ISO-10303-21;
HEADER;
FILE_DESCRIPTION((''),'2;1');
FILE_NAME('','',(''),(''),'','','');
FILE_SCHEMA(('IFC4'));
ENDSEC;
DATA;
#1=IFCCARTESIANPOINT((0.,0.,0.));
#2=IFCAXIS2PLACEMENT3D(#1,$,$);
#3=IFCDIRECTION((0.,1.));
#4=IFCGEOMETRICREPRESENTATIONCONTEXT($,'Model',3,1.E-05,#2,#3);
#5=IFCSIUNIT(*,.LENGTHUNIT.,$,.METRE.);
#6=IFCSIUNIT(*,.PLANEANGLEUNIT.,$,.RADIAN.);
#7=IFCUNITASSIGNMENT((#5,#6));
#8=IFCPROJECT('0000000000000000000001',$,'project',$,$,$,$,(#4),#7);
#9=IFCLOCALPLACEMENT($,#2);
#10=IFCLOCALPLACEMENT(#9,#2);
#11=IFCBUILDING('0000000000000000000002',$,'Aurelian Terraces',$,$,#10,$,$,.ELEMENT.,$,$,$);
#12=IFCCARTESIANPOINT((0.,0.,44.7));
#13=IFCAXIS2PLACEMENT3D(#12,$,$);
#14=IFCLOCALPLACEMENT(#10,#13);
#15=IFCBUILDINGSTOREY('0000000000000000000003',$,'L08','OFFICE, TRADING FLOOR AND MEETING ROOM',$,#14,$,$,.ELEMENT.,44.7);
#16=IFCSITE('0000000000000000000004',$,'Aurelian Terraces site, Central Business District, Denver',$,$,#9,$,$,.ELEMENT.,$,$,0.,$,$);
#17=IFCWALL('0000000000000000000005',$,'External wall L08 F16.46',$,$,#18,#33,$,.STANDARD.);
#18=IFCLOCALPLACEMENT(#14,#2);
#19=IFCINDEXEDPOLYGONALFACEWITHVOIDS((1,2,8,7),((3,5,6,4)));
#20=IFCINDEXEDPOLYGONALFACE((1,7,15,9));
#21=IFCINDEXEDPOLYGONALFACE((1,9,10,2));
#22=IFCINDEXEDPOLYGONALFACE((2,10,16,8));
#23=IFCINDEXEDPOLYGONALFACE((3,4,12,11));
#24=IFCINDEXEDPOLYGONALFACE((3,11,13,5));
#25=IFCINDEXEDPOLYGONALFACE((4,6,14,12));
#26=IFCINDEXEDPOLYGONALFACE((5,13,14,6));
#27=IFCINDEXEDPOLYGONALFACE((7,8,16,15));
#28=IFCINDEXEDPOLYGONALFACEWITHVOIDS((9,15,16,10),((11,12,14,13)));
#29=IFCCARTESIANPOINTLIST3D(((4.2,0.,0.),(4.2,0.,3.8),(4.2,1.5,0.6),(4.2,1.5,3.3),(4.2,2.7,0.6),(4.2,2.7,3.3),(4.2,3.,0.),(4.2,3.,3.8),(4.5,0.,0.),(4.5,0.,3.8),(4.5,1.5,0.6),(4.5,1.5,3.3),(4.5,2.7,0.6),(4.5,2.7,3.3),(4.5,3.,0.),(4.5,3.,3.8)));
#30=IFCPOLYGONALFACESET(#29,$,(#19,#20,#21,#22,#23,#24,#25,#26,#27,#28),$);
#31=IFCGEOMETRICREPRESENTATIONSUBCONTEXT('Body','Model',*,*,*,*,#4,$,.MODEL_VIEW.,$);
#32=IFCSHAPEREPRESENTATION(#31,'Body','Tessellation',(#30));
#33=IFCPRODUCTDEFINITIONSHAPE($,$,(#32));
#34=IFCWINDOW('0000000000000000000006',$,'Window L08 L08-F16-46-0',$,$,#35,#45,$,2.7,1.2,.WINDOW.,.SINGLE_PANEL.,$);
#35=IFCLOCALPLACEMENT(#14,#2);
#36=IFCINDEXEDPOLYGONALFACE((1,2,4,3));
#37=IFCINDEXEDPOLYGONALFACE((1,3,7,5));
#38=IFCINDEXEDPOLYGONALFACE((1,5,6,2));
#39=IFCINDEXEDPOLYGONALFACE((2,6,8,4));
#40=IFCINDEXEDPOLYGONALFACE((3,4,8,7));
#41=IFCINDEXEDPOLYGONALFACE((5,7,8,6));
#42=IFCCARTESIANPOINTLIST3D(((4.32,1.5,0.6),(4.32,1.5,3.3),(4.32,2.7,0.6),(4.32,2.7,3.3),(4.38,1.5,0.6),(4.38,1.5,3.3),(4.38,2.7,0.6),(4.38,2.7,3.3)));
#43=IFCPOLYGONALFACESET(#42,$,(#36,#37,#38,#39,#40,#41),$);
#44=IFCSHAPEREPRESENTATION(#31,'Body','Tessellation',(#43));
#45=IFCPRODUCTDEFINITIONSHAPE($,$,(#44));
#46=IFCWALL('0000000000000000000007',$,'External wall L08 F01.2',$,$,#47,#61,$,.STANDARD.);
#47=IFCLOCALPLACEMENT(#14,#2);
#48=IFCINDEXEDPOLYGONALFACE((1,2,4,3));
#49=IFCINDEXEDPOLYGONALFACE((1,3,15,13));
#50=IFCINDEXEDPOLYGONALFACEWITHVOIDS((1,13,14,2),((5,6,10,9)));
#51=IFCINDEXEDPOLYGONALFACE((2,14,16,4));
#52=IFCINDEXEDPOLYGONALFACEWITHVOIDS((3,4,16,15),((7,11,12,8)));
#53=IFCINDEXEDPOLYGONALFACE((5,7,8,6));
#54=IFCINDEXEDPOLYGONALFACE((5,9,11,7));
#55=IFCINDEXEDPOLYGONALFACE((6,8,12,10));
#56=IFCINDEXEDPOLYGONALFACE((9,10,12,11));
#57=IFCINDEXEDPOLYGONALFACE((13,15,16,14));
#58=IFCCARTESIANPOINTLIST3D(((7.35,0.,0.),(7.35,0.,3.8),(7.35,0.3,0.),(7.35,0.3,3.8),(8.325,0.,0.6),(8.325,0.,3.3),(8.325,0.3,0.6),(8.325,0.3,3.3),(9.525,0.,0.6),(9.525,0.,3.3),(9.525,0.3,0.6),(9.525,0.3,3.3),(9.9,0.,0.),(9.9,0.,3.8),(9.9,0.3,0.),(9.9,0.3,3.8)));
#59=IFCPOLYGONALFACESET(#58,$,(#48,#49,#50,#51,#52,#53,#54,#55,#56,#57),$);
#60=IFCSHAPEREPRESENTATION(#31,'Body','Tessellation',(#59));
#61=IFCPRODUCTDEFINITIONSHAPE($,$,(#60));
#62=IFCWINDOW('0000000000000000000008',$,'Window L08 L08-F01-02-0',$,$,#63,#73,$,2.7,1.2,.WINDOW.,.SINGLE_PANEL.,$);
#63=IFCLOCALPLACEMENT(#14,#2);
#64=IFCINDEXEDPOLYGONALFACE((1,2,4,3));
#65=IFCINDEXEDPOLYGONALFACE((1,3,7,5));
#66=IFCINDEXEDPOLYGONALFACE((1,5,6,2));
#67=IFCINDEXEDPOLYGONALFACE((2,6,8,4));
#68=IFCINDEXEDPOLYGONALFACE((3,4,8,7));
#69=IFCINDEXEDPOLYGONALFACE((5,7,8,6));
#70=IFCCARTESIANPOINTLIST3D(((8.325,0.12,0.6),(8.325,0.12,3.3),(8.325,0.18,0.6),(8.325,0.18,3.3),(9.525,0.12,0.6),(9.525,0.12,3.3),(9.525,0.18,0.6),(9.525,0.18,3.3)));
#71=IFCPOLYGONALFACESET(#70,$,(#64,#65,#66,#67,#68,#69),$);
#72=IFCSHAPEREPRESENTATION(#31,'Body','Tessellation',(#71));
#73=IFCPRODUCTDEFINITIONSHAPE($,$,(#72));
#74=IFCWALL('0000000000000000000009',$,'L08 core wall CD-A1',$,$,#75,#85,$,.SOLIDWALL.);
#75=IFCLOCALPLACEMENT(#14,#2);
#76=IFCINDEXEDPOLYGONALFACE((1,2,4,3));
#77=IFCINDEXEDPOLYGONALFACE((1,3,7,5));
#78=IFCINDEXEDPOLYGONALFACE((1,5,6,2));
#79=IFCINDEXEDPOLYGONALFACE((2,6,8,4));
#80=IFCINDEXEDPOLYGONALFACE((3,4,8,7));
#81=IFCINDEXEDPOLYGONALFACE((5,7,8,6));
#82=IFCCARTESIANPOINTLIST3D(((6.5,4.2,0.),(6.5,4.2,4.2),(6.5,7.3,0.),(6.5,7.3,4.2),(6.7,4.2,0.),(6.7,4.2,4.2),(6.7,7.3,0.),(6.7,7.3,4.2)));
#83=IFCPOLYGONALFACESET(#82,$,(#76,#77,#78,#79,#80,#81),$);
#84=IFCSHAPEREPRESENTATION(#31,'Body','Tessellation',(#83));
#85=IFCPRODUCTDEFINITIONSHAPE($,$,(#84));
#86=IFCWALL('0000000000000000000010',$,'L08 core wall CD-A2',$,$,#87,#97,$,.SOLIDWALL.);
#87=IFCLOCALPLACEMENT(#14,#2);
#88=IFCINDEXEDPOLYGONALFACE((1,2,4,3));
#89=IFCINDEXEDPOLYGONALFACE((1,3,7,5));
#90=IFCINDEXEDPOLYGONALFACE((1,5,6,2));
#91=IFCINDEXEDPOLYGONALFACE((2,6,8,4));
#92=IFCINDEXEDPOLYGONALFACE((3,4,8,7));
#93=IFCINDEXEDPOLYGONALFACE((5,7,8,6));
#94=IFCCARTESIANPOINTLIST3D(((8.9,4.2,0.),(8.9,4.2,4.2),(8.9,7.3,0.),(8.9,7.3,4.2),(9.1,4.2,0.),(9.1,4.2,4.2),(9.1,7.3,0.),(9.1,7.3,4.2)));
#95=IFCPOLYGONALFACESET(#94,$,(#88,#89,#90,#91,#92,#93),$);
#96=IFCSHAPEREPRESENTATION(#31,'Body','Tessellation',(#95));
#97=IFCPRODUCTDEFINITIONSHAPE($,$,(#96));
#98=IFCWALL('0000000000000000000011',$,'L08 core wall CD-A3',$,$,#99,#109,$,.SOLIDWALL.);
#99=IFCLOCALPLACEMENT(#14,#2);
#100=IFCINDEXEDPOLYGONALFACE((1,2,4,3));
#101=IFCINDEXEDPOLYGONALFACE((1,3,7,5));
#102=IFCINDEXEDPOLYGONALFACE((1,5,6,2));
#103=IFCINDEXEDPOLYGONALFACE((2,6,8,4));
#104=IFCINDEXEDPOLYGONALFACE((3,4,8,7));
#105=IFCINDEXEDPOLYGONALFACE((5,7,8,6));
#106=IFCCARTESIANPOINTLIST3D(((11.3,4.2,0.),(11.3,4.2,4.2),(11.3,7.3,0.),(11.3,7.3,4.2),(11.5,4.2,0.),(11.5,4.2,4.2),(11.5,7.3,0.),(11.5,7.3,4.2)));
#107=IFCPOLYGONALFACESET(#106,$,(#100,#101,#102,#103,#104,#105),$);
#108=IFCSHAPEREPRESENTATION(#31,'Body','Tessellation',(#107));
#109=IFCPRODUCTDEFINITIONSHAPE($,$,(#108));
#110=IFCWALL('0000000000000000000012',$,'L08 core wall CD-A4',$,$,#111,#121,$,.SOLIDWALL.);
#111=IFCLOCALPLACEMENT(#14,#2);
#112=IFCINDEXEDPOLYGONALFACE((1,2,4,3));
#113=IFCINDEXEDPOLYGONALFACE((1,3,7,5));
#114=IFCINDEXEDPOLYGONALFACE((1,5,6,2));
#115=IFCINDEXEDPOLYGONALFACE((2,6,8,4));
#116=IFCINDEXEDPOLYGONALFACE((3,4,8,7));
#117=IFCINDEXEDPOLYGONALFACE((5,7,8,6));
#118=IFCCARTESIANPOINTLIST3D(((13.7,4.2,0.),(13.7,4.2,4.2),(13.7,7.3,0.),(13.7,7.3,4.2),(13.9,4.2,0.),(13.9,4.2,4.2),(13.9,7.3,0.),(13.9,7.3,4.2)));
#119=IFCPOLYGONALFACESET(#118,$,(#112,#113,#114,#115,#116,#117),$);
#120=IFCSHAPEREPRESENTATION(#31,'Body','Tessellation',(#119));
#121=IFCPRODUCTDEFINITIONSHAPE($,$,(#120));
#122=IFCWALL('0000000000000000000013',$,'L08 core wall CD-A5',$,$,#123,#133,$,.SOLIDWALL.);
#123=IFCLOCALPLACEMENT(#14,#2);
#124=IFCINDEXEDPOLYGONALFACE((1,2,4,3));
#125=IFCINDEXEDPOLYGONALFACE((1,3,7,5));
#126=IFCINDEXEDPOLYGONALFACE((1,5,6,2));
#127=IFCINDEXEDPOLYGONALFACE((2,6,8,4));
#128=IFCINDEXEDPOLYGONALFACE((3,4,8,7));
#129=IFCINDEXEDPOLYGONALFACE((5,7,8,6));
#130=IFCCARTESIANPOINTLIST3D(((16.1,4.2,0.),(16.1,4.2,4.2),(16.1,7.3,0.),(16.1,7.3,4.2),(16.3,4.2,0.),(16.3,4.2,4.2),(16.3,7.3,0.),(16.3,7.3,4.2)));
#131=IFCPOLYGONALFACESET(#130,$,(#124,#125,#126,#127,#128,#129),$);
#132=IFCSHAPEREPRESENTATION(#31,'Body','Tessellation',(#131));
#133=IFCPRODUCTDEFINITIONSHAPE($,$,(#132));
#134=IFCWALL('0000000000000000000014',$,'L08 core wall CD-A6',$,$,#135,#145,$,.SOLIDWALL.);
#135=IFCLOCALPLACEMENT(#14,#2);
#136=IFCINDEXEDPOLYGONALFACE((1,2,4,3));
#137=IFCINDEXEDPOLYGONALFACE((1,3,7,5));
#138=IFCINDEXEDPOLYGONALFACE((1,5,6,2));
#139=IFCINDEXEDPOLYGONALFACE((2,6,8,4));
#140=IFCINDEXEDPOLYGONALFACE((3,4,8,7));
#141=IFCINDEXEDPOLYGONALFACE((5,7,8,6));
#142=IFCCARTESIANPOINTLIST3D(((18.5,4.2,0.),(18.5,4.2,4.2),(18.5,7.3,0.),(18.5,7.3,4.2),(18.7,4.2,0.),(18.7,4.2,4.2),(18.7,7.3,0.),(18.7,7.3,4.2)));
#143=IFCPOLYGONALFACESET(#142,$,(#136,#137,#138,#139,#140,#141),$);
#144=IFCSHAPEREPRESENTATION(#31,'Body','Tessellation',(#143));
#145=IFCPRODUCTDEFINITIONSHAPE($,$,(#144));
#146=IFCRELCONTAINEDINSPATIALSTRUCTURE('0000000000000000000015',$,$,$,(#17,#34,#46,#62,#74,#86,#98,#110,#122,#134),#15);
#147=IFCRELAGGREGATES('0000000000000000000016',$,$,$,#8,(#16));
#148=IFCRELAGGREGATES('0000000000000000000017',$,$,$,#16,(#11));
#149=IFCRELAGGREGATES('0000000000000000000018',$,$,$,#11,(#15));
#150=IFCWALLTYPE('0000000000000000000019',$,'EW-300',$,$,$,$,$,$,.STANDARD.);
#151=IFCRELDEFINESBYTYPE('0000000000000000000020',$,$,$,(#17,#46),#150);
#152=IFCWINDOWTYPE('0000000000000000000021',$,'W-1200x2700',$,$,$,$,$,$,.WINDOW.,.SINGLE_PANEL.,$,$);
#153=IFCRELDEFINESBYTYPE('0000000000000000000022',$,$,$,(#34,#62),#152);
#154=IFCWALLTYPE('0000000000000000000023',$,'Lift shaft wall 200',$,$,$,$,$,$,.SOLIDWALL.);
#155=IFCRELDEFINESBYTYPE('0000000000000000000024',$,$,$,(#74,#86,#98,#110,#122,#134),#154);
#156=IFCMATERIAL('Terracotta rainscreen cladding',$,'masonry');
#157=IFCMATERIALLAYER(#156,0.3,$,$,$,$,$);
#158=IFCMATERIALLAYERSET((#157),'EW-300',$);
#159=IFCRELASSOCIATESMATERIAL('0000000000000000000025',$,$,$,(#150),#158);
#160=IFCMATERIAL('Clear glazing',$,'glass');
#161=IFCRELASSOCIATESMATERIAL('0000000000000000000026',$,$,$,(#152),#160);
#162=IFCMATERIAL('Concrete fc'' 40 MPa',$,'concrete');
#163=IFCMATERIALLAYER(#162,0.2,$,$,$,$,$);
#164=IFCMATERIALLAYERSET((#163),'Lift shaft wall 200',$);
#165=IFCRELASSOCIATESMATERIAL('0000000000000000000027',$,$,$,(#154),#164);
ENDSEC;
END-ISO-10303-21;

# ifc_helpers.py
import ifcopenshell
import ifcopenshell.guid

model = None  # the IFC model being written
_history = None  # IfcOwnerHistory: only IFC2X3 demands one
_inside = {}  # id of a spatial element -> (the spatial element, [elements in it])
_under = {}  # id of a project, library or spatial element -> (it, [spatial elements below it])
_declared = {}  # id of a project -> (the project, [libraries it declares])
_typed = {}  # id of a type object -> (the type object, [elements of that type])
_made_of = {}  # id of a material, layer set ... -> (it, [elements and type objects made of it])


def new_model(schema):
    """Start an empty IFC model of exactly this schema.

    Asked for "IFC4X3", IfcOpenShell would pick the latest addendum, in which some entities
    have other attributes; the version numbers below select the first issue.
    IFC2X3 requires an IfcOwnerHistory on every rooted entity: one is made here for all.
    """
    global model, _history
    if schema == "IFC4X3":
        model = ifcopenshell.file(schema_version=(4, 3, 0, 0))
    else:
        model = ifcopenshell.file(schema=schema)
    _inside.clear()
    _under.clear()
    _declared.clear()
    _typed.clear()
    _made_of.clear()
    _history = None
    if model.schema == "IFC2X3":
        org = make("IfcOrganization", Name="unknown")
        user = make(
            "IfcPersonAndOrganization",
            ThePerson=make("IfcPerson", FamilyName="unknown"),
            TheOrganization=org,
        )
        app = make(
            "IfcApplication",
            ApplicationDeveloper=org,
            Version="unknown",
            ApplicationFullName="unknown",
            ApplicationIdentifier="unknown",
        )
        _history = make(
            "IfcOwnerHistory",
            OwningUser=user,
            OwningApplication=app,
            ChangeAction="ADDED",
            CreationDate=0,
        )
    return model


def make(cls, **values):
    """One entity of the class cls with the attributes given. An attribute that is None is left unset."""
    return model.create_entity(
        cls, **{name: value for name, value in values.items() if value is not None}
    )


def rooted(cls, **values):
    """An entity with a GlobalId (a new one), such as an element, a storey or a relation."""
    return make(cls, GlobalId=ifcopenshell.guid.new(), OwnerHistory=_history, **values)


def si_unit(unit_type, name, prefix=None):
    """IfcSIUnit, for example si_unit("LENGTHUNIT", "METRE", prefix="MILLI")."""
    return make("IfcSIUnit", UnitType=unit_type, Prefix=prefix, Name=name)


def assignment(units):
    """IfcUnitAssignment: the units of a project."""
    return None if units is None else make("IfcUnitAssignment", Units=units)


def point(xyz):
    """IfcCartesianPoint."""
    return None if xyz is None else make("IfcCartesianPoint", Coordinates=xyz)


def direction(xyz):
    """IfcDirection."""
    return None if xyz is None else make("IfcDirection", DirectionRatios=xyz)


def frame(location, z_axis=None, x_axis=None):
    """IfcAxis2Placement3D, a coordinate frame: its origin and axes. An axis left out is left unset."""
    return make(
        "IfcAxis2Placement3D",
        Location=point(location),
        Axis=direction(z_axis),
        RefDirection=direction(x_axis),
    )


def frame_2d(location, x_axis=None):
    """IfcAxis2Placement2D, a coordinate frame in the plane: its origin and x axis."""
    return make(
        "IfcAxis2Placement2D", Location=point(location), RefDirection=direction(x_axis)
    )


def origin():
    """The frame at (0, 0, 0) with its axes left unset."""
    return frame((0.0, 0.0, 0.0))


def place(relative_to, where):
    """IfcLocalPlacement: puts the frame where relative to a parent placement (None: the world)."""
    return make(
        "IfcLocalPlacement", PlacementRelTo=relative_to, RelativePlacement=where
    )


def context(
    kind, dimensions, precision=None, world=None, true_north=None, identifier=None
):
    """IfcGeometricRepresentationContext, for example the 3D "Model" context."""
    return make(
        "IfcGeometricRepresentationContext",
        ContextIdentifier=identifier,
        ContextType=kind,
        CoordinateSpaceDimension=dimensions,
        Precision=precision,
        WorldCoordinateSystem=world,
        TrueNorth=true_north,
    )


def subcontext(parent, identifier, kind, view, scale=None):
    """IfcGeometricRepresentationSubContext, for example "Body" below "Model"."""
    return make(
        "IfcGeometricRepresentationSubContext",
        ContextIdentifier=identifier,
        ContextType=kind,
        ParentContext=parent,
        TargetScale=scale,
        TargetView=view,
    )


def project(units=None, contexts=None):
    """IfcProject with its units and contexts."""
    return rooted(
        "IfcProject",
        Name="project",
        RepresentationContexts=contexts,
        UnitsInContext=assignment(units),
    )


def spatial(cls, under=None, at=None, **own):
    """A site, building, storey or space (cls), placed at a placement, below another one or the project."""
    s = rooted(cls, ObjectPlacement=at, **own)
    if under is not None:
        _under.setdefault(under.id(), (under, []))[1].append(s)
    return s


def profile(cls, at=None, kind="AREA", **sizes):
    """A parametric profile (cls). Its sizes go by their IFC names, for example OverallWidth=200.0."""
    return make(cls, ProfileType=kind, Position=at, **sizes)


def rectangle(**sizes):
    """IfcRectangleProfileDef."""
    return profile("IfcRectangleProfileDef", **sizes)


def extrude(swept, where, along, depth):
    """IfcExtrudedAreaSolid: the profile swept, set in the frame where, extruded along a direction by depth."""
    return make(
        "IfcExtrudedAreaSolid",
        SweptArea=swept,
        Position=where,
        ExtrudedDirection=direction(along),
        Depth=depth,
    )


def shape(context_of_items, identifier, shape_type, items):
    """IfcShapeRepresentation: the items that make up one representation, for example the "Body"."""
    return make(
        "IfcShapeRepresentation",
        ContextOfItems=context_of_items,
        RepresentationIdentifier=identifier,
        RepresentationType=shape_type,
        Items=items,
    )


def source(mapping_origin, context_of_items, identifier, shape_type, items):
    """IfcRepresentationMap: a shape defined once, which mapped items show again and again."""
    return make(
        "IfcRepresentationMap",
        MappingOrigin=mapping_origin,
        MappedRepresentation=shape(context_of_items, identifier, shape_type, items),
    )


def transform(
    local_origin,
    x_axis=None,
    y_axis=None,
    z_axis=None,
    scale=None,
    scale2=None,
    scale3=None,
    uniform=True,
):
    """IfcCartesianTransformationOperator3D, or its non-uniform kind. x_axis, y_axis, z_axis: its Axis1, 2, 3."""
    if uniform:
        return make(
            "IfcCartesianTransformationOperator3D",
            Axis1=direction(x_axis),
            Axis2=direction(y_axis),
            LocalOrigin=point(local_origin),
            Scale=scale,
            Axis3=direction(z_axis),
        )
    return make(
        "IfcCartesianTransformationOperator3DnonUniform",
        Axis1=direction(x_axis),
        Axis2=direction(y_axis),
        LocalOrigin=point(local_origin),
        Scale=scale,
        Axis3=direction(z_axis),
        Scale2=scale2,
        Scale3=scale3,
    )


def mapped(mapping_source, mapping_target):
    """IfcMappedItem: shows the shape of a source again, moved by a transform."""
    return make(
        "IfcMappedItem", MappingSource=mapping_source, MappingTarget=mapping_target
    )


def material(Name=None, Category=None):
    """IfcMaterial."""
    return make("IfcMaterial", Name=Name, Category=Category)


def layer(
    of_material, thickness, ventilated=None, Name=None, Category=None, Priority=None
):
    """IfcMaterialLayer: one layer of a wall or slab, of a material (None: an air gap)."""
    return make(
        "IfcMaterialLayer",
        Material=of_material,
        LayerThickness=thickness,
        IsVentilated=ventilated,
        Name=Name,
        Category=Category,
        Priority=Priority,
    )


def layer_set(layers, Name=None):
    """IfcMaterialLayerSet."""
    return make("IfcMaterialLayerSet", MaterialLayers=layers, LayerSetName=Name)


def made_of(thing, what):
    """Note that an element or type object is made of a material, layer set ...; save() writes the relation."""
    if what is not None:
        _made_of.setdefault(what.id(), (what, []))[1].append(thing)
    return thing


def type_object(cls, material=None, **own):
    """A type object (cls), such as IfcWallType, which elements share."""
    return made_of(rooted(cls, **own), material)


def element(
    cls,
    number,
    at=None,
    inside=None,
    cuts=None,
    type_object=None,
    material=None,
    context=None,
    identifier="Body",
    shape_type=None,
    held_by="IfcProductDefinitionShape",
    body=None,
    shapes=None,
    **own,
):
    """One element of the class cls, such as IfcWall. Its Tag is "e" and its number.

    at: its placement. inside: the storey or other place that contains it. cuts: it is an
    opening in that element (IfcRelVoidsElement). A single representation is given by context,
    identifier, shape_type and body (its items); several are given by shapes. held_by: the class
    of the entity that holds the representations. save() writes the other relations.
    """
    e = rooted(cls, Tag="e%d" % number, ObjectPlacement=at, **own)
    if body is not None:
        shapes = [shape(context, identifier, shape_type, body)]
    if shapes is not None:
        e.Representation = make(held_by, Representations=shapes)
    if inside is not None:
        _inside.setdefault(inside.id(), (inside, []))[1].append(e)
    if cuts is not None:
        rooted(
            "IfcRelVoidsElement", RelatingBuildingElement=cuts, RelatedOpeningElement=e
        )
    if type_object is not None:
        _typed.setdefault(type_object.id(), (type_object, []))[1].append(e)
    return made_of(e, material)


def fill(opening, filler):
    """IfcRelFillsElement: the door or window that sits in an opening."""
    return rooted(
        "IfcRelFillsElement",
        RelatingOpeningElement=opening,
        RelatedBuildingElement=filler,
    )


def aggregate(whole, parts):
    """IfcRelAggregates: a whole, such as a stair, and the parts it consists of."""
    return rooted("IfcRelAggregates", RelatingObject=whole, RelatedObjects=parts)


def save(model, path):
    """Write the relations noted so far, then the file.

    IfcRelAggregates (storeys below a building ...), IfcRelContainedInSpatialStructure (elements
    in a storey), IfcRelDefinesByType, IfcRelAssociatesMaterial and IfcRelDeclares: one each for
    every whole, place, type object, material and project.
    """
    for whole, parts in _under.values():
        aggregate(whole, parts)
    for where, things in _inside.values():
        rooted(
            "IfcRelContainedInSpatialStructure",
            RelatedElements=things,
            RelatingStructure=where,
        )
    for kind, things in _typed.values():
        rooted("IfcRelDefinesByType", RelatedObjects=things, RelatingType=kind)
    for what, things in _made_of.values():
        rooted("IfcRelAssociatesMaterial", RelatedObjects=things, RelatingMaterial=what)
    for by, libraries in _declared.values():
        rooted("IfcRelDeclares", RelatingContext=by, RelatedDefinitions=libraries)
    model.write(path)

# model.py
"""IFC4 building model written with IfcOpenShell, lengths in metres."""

from ifc_helpers import new_model, si_unit, direction, frame, frame_2d, origin, place, context, subcontext, project, spatial, rectangle, extrude, source, transform, mapped, material, layer, layer_set, type_object, element, fill, save


model = new_model("IFC4")

# Units and contexts
model_context = context("Model", 3, precision=1e-05, world=origin(), true_north=direction((0.0, 1.0)))
body_context = subcontext(model_context, "Body", "Model", "MODEL_VIEW")
ifc_project = project(units=[si_unit("LENGTHUNIT", "METRE"), si_unit("PLANEANGLEUNIT", "RADIAN")], contexts=[model_context])

# Site, building, storey
site_placement = place(None, origin())
site = spatial("IfcSite", under=ifc_project, at=site_placement, Name="Aurelian Terraces site, Central Business District, Denver", CompositionType="ELEMENT", RefElevation=0.0)
building_placement = place(site_placement, origin())
building = spatial("IfcBuilding", under=site, at=building_placement, Name="Aurelian Terraces", CompositionType="ELEMENT")
storey_placement = place(building_placement, frame((0.0, 0.0, 44.7)))
storey = spatial("IfcBuildingStorey", under=building, at=storey_placement, Name="L08", Description="OFFICE, TRADING FLOOR AND MEETING ROOM", CompositionType="ELEMENT", Elevation=44.7)

# Shared definitions
ifc_material_1 = material(Name="Terracotta rainscreen cladding", Category="masonry")
ifc_layer_1 = layer(ifc_material_1, 0.3)
ifc_layer_set_1 = layer_set([ifc_layer_1], Name="EW-300")
wall_type_1 = type_object("IfcWallType", Name="EW-300", PredefinedType="STANDARD", material=ifc_layer_set_1)
ifc_material_2 = material(Name="Clear glazing", Category="glass")

# Walls, openings, windows
shared_shape_1 = source(origin(), body_context, "Body", "SweptSolid", [
    extrude(rectangle(XDim=3.0, YDim=0.3, at=frame_2d((1.5, 0.0))), origin(), (0.0, 0.0, 1.0), 3.8),
])
wall_1_placement = place(storey_placement, frame((4.35, 3.0, 0.0), z_axis=(0.0, 0.0, 1.0), x_axis=(0.0, -1.0, 0.0)))
wall_1 = element("IfcWall", 1, at=wall_1_placement, inside=storey, type_object=wall_type_1, Name="External wall L08 F16.46", PredefinedType="STANDARD", context=body_context, shape_type="MappedRepresentation", body=[
    mapped(shared_shape_1, transform((0.0, 0.0, 0.0), scale=1.0)),
])
shared_shape_2 = source(origin(), body_context, "Body", "SweptSolid", [
    extrude(rectangle(XDim=1.2, YDim=2.7, at=frame_2d((0.6, 1.35))), frame((0.0, 0.16, 0.0), z_axis=(0.0, -1.0, 0.0), x_axis=(1.0, 0.0, 0.0)), (0.0, 0.0, 1.0), 0.32),
])
opening_1_placement = place(wall_1_placement, frame((0.3, 0.0, 0.6)))
opening_1 = element("IfcOpeningElement", 2, at=opening_1_placement, cuts=wall_1, PredefinedType="OPENING", context=body_context, shape_type="MappedRepresentation", body=[
    mapped(shared_shape_2, transform((0.0, 0.0, 0.0), scale=1.0)),
])
window_type_1 = type_object("IfcWindowType", Name="W-1200x2700", PartitioningType="SINGLE_PANEL", PredefinedType="WINDOW", material=ifc_material_2)
shared_shape_3 = source(origin(), body_context, "Body", "SweptSolid", [
    extrude(rectangle(XDim=1.2, YDim=2.7, at=frame_2d((0.6, 1.35))), frame((0.0, 0.03, 0.0), z_axis=(0.0, -1.0, 0.0), x_axis=(1.0, 0.0, 0.0)), (0.0, 0.0, 1.0), 0.06),
])
window_1_placement = place(opening_1_placement, origin())
window_1 = element("IfcWindow", 3, at=window_1_placement, inside=storey, type_object=window_type_1, Name="Window L08 L08-F16-46-0", OverallHeight=2.7, OverallWidth=1.2, PartitioningType="SINGLE_PANEL", PredefinedType="WINDOW", context=body_context, shape_type="MappedRepresentation", body=[
    mapped(shared_shape_3, transform((0.0, 0.0, 0.0), scale=1.0)),
])
fill(opening_1, window_1)
shared_shape_4 = source(origin(), body_context, "Body", "SweptSolid", [
    extrude(rectangle(XDim=2.55, YDim=0.3, at=frame_2d((1.275, 0.0))), origin(), (0.0, 0.0, 1.0), 3.8),
])
wall_2_placement = place(storey_placement, frame((7.35, 0.15, 0.0), z_axis=(0.0, 0.0, 1.0), x_axis=(1.0, 0.0, 0.0)))
wall_2 = element("IfcWall", 4, at=wall_2_placement, inside=storey, type_object=wall_type_1, Name="External wall L08 F01.2", PredefinedType="STANDARD", context=body_context, shape_type="MappedRepresentation", body=[
    mapped(shared_shape_4, transform((0.0, 0.0, 0.0), scale=1.0)),
])
opening_2_placement = place(wall_2_placement, frame((0.975, 0.0, 0.6)))
opening_2 = element("IfcOpeningElement", 5, at=opening_2_placement, cuts=wall_2, PredefinedType="OPENING", context=body_context, shape_type="MappedRepresentation", body=[
    mapped(shared_shape_2, transform((0.0, 0.0, 0.0), scale=1.0)),
])
window_2_placement = place(opening_2_placement, origin())
window_2 = element("IfcWindow", 6, at=window_2_placement, inside=storey, type_object=window_type_1, Name="Window L08 L08-F01-02-0", OverallHeight=2.7, OverallWidth=1.2, PartitioningType="SINGLE_PANEL", PredefinedType="WINDOW", context=body_context, shape_type="MappedRepresentation", body=[
    mapped(shared_shape_3, transform((0.0, 0.0, 0.0), scale=1.0)),
])
fill(opening_2, window_2)

# Walls
ifc_material_3 = material(Name="Concrete fc' 40 MPa", Category="concrete")
ifc_layer_2 = layer(ifc_material_3, 0.2)
ifc_layer_set_2 = layer_set([ifc_layer_2], Name="Lift shaft wall 200")
wall_type_2 = type_object("IfcWallType", Name="Lift shaft wall 200", PredefinedType="SOLIDWALL", material=ifc_layer_set_2)
shared_shape_5 = source(origin(), body_context, "Body", "SweptSolid", [
    extrude(rectangle(XDim=3.1, YDim=0.2, at=frame_2d((1.55, 0.0))), origin(), (0.0, 0.0, 1.0), 4.2),
])
for number, where, z_axis, x_axis, name in (
    (7, (6.6, 4.2, 0.0), (0.0, 0.0, 1.0), (0.0, 1.0, 0.0), "L08 core wall CD-A1"),
    (8, (9.0, 4.2, 0.0), (0.0, 0.0, 1.0), (0.0, 1.0, 0.0), "L08 core wall CD-A2"),
    (9, (11.4, 4.2, 0.0), (0.0, 0.0, 1.0), (0.0, 1.0, 0.0), "L08 core wall CD-A3"),
    (10, (13.8, 4.2, 0.0), (0.0, 0.0, 1.0), (0.0, 1.0, 0.0), "L08 core wall CD-A4"),
    (11, (16.2, 4.2, 0.0), (0.0, 0.0, 1.0), (0.0, 1.0, 0.0), "L08 core wall CD-A5"),
    (12, (18.6, 4.2, 0.0), (0.0, 0.0, 1.0), (0.0, 1.0, 0.0), "L08 core wall CD-A6"),
):
    element("IfcWall", number, at=place(storey_placement, frame(where, z_axis=z_axis, x_axis=x_axis)), inside=storey, type_object=wall_type_2, Name=name, PredefinedType="SOLIDWALL", context=body_context, shape_type="MappedRepresentation", body=[
        mapped(shared_shape_5, transform((0.0, 0.0, 0.0), scale=1.0)),
    ])

save(model, "model.ifc")
